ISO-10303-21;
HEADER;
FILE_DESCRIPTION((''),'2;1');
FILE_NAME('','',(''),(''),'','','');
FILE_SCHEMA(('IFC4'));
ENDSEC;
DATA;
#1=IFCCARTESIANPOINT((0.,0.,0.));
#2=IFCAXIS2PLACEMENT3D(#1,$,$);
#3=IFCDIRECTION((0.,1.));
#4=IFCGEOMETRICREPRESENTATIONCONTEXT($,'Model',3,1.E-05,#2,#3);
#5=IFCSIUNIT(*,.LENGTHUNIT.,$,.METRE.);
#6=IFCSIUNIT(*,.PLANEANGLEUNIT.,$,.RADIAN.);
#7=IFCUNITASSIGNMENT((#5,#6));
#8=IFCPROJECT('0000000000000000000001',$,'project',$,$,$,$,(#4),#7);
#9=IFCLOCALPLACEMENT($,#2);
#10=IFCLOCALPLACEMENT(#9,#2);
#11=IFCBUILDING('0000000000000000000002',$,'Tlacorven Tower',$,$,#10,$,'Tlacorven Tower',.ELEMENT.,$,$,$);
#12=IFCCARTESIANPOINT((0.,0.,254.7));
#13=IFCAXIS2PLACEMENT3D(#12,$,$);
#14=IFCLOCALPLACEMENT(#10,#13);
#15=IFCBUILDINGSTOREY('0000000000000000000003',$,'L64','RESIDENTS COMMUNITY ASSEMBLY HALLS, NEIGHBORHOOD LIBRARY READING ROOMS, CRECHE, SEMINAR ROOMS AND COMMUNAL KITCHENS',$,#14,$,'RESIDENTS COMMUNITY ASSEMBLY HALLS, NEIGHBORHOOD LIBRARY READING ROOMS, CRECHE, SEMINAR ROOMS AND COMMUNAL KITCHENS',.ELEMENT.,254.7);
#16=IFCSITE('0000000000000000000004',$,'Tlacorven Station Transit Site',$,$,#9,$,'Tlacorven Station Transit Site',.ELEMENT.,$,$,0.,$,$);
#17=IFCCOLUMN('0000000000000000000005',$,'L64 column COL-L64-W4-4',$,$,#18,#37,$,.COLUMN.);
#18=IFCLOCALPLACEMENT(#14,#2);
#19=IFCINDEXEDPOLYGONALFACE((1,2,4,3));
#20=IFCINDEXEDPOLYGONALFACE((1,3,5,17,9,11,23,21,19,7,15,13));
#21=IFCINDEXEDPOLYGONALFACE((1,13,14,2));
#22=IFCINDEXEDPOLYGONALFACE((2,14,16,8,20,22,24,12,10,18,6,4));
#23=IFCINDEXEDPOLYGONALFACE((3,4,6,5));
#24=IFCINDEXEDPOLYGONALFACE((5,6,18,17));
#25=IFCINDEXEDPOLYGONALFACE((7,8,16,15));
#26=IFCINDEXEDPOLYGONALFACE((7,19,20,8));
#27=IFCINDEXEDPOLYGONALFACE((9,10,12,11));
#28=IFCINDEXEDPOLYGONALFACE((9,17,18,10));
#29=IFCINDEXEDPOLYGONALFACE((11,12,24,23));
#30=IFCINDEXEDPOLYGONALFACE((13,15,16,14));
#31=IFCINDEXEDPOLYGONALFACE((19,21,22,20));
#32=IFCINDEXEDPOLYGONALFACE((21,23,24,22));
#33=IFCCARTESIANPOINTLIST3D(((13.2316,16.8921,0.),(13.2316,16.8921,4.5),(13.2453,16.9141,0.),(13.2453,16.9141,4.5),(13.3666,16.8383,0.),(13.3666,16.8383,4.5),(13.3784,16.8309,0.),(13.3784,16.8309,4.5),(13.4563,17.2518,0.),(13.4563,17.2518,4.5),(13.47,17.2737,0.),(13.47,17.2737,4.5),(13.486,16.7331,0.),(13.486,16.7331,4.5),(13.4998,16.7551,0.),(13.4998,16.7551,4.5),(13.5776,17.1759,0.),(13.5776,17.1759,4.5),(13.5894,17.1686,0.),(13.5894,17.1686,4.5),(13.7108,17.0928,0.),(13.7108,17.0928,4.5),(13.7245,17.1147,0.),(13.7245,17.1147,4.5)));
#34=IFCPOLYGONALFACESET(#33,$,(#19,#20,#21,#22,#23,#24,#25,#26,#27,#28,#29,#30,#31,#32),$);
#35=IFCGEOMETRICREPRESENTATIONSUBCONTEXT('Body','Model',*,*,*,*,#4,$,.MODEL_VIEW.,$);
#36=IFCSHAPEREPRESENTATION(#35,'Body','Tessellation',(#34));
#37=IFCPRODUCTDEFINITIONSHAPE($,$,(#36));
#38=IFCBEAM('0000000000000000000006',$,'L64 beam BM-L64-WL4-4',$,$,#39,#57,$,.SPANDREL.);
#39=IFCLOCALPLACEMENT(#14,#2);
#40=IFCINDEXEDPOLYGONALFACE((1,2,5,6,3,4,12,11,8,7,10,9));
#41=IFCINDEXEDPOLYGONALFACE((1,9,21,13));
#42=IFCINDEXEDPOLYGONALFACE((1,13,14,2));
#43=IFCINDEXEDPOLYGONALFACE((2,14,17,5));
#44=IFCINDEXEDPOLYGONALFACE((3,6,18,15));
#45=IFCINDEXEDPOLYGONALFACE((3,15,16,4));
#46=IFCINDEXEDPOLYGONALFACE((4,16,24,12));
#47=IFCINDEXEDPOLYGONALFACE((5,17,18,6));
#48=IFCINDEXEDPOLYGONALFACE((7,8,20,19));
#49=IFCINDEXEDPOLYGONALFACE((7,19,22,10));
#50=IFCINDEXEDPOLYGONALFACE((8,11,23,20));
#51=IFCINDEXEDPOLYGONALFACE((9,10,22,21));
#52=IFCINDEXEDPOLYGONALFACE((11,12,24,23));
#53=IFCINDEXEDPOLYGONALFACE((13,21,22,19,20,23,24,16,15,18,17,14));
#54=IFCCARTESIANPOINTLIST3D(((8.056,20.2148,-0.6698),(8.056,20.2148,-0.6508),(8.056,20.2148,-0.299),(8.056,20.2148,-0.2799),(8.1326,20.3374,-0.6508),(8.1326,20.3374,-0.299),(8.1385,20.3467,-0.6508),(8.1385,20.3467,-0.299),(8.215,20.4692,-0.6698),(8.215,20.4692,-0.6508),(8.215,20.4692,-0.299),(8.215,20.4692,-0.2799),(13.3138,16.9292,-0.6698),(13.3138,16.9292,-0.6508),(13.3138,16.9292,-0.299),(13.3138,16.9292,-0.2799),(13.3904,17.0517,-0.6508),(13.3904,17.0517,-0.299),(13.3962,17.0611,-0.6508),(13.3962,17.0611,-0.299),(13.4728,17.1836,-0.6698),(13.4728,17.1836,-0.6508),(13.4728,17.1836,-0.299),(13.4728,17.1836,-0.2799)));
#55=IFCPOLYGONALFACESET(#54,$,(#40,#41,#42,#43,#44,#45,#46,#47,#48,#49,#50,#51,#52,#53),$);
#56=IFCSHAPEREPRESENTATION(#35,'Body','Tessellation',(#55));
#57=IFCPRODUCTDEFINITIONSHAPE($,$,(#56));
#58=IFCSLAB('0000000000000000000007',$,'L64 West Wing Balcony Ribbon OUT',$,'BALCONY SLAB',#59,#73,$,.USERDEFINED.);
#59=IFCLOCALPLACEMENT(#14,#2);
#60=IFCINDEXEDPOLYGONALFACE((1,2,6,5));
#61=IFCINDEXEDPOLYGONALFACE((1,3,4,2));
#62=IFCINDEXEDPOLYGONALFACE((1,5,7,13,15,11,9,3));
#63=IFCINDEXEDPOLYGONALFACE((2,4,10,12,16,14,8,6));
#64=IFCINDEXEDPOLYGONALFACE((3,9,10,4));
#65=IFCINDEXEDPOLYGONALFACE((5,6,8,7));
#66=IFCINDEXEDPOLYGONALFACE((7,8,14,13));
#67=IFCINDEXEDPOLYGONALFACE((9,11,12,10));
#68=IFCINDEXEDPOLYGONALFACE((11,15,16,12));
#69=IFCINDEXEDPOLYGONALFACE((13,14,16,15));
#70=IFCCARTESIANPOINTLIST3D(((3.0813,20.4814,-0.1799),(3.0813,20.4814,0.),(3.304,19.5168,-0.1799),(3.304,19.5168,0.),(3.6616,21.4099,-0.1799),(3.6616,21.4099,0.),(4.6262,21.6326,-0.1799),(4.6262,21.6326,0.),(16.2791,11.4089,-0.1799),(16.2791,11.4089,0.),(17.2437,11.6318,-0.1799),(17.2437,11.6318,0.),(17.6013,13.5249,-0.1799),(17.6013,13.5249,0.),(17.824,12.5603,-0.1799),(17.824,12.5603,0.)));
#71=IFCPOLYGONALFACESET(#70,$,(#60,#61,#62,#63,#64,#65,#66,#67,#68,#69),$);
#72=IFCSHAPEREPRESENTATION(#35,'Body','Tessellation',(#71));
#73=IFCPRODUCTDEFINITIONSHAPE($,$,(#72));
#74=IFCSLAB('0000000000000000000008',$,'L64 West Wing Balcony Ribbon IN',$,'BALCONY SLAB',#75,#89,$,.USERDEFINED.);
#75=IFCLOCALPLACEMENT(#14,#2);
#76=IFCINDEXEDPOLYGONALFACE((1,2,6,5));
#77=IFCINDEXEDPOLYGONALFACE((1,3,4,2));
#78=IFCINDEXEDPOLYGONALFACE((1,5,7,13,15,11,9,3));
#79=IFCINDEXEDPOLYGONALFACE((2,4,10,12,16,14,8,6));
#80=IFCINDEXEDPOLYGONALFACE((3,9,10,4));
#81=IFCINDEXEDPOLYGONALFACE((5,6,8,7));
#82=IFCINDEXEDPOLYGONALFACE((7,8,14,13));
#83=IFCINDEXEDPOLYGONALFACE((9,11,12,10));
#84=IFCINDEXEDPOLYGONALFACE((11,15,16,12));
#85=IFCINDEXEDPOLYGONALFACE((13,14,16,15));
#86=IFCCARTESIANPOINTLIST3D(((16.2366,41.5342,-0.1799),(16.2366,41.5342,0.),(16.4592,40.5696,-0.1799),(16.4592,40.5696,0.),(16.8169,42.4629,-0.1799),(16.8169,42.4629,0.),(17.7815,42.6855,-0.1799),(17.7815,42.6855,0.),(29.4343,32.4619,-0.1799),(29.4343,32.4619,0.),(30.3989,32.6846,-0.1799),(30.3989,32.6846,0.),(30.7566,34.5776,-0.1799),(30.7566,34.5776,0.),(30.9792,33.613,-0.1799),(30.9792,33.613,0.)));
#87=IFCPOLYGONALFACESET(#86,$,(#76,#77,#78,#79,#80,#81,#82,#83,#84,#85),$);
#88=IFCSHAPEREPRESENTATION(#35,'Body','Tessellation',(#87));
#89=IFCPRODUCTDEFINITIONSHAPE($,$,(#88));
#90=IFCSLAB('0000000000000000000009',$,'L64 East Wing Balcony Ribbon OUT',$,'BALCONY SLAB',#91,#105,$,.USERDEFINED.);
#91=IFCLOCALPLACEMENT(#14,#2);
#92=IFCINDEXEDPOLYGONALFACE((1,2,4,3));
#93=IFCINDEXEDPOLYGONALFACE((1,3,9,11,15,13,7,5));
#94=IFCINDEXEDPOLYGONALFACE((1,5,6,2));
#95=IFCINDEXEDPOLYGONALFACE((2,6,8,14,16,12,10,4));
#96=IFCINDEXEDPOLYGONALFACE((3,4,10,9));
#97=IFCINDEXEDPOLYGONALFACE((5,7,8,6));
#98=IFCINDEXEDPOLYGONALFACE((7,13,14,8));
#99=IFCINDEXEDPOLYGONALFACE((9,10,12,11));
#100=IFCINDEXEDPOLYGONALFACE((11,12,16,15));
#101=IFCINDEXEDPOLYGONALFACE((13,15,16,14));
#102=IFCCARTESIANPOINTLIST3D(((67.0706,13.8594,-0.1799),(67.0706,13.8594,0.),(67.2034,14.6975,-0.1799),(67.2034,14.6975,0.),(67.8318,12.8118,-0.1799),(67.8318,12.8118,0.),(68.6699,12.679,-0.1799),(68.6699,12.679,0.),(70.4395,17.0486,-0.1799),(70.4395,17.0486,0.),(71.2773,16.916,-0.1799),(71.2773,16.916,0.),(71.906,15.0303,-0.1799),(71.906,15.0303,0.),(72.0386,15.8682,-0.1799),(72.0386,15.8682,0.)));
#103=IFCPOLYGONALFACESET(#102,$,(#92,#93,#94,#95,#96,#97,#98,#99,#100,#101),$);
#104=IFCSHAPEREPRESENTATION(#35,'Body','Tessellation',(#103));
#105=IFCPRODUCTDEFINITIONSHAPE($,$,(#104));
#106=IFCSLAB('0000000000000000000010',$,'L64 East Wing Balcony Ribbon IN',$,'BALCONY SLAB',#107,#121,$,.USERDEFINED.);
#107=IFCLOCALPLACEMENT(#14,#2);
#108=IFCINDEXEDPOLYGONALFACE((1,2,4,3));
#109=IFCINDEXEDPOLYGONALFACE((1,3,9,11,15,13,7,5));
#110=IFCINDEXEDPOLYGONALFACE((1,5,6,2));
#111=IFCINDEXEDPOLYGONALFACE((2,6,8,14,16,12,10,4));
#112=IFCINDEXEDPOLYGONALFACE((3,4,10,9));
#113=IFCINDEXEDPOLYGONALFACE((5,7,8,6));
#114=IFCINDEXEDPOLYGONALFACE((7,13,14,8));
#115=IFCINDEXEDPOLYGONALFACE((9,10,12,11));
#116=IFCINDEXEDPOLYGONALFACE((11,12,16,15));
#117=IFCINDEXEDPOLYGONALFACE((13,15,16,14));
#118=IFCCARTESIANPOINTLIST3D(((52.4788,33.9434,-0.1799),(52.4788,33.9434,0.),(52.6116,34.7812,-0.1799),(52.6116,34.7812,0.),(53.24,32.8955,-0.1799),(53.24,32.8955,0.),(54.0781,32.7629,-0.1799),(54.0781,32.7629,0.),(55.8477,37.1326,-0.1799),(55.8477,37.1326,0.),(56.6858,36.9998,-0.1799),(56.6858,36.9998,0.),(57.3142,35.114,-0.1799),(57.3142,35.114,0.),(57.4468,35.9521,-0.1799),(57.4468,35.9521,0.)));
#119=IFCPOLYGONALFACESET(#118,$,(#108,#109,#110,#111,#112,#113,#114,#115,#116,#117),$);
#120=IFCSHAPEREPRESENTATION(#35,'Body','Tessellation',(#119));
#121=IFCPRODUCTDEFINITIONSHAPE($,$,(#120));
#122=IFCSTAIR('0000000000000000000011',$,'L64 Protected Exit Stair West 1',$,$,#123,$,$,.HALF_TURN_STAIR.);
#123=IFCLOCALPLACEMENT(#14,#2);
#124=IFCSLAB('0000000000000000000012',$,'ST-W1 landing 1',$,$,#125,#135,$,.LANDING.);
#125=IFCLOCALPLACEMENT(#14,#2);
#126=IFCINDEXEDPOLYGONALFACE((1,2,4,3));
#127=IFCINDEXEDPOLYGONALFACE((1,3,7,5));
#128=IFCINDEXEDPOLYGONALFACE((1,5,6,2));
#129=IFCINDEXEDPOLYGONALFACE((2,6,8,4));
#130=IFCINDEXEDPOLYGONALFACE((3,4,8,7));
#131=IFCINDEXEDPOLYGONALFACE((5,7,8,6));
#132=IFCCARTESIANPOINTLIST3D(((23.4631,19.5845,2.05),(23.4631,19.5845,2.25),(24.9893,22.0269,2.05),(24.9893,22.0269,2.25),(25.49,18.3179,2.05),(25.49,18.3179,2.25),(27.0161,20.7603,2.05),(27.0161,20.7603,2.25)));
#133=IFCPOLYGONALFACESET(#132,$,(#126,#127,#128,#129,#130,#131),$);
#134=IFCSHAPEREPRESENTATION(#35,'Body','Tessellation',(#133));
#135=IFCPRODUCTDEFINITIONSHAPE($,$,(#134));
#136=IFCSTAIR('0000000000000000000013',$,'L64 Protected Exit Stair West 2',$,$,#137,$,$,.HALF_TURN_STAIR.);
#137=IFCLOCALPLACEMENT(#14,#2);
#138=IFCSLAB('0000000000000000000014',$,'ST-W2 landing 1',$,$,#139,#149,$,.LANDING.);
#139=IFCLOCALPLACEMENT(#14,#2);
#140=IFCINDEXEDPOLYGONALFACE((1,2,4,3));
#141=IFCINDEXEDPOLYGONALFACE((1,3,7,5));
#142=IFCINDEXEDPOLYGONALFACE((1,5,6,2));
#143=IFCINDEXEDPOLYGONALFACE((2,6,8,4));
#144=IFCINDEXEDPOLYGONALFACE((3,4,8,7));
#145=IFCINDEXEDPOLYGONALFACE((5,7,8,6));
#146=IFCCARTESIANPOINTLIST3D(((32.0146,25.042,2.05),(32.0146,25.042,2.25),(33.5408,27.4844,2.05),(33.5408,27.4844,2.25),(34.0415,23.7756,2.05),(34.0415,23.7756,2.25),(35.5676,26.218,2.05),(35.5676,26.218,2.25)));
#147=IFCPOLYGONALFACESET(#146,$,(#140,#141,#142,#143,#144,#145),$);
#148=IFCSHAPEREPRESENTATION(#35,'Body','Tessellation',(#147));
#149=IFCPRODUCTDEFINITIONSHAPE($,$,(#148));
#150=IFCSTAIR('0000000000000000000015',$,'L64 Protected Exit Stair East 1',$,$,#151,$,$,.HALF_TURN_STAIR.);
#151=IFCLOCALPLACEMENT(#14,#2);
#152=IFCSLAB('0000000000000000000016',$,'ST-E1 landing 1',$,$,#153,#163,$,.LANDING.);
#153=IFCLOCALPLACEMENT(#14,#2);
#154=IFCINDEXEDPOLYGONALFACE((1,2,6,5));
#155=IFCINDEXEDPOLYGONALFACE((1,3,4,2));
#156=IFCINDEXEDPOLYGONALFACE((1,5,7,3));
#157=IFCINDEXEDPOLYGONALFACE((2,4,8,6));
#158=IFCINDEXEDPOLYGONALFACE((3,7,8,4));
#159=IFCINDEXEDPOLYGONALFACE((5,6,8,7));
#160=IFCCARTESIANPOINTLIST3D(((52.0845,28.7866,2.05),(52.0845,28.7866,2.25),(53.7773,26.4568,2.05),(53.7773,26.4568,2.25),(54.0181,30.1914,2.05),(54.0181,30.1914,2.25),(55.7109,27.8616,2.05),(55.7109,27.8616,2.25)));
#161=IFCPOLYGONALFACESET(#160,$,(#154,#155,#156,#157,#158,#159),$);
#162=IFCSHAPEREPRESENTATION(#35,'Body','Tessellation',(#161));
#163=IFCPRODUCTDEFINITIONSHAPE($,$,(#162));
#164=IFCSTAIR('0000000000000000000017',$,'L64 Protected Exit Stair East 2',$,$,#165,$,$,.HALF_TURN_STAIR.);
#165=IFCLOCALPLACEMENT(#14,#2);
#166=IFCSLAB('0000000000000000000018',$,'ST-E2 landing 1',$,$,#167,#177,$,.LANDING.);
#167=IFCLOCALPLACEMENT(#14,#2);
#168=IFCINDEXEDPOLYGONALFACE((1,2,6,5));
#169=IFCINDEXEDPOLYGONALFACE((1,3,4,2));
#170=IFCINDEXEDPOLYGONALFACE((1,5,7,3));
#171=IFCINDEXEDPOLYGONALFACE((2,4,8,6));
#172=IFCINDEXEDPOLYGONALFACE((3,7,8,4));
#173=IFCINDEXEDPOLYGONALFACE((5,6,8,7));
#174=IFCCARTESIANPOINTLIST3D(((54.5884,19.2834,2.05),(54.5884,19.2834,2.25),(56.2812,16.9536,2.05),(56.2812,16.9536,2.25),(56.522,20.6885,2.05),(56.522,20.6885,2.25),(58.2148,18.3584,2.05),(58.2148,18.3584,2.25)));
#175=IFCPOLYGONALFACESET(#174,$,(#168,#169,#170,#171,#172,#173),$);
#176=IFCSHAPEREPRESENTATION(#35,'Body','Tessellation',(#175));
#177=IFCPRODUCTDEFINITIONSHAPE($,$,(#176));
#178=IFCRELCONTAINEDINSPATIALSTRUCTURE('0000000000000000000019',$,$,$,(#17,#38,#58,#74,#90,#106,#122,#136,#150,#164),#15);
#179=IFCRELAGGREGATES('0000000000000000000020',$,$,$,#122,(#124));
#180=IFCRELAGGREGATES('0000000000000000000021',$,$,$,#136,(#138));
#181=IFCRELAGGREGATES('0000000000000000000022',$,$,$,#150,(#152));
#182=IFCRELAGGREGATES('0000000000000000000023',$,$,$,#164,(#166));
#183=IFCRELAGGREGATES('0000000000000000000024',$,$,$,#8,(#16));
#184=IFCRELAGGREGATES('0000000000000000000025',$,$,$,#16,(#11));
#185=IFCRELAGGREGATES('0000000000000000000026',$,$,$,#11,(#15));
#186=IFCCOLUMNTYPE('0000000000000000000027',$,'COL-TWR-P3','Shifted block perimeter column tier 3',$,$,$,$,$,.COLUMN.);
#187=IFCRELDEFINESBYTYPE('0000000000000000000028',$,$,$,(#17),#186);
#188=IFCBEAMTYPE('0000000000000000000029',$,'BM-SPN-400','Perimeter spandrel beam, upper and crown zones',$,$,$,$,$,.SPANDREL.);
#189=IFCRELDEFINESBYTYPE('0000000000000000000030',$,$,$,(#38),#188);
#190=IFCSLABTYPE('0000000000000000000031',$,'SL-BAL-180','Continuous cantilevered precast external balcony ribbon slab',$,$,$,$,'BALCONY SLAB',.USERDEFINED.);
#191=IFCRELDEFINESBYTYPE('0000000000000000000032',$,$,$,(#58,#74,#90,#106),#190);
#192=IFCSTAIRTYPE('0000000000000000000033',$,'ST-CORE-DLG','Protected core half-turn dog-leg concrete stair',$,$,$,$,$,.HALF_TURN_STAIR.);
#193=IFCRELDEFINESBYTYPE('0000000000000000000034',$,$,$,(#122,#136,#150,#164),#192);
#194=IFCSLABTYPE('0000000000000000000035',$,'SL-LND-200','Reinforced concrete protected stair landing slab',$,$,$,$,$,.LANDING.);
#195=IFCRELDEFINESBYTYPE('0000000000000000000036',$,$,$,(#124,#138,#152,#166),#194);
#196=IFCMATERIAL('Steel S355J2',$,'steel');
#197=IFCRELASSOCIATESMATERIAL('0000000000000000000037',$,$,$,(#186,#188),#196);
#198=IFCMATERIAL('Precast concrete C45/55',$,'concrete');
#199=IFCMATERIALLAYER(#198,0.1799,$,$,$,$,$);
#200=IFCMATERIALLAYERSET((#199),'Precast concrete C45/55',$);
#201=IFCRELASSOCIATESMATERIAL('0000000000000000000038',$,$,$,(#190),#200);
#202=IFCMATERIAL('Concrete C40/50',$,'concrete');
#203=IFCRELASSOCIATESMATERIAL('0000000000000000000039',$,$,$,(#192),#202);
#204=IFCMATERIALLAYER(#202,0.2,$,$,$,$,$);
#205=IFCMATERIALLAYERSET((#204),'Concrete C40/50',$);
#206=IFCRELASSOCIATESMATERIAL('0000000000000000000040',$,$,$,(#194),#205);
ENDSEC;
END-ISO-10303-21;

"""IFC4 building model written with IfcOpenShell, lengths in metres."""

from ifc_helpers import new_model, si_unit, direction, frame, origin, origin_2d, place, context, subcontext, project, spatial, polyline, i_section, outline, extrude, source, transform, mapped, material, layer, layer_set, material_profile, profile_set, type_object, element, aggregate, save


model = new_model("IFC4")

# Units and contexts
model_context = context("Model", 3, precision=1e-05, world=origin(), true_north=direction((0.0, 1.0)))
body_context = subcontext(model_context, "Body", "Model", "MODEL_VIEW")
ifc_project = project(units=[si_unit("LENGTHUNIT", "METRE"), si_unit("PLANEANGLEUNIT", "RADIAN")], contexts=[model_context])

# Site, building, storey
site_placement = place(None, origin())
site = spatial("IfcSite", under=ifc_project, at=site_placement, Name="Tlacorven Station Transit Site", LongName="Tlacorven Station Transit Site", CompositionType="ELEMENT", RefElevation=0.0)
building_placement = place(site_placement, origin())
building = spatial("IfcBuilding", under=site, at=building_placement, Name="Tlacorven Tower", LongName="Tlacorven Tower", CompositionType="ELEMENT")
storey_placement = place(building_placement, frame((0.0, 0.0, 254.7)))
storey = spatial("IfcBuildingStorey", under=building, at=storey_placement, Name="L64", Description="RESIDENTS COMMUNITY ASSEMBLY HALLS, NEIGHBORHOOD LIBRARY READING ROOMS, CRECHE, SEMINAR ROOMS AND COMMUNAL KITCHENS", LongName="RESIDENTS COMMUNITY ASSEMBLY HALLS, NEIGHBORHOOD LIBRARY READING ROOMS, CRECHE, SEMINAR ROOMS AND COMMUNAL KITCHENS", CompositionType="ELEMENT", Elevation=254.7)

# Column
ifc_material_1 = material(Name="Steel S355J2", Category="steel")
ifc_material_profile_1 = material_profile(ifc_material_1, i_section(OverallWidth=0.3, OverallDepth=0.45, WebThickness=0.0139, FlangeThickness=0.0259, at=origin_2d()), Name="HEB 450")
ifc_profile_set_1 = profile_set([ifc_material_profile_1], Name="Steel S355J2")
column_type = type_object("IfcColumnType", Name="COL-TWR-P3", Description="Shifted block perimeter column tier 3", PredefinedType="COLUMN", material=ifc_profile_set_1)
shared_shape_1 = source(origin(), body_context, "Body", "SweptSolid", [
    extrude(i_section(OverallWidth=0.3, OverallDepth=0.45, WebThickness=0.0139, FlangeThickness=0.0259, at=origin_2d()), origin(), (0.0, 0.0, 1.0), 4.5),
])
column_placement = place(storey_placement, frame((13.478, 17.0034, 0.0), z_axis=(0.0, 0.0, 1.0), x_axis=(-0.848048, 0.529919, 0.0)))
element("IfcColumn", 1, at=column_placement, inside=storey, type_object=column_type, Name="L64 column COL-L64-W4-4", PredefinedType="COLUMN", context=body_context, shape_type="MappedRepresentation", body=[
    mapped(shared_shape_1, transform((0.0, 0.0, 0.0), scale=1.0)),
])

# Beam
ifc_material_profile_2 = material_profile(ifc_material_1, i_section(OverallWidth=0.3, OverallDepth=0.3899, WebThickness=0.011, FlangeThickness=0.019, at=origin_2d()), Name="HEA 400")
ifc_profile_set_2 = profile_set([ifc_material_profile_2], Name="Steel S355J2")
beam_type = type_object("IfcBeamType", Name="BM-SPN-400", Description="Perimeter spandrel beam, upper and crown zones", PredefinedType="SPANDREL", material=ifc_profile_set_2)
shared_shape_2 = source(origin(), body_context, "Body", "SweptSolid", [
    extrude(i_section(OverallWidth=0.3, OverallDepth=0.3899, WebThickness=0.011, FlangeThickness=0.019, at=origin_2d()), origin(), (0.0, 0.0, 1.0), 6.2),
])
beam_placement = place(storey_placement, frame((13.3933, 17.0564, -0.4749), z_axis=(-0.848034, 0.529942, 0.0), x_axis=(-0.529942, -0.848034, 0.0)))
element("IfcBeam", 2, at=beam_placement, inside=storey, type_object=beam_type, Name="L64 beam BM-L64-WL4-4", PredefinedType="SPANDREL", context=body_context, shape_type="MappedRepresentation", body=[
    mapped(shared_shape_2, transform((0.0, 0.0, 0.0), scale=1.0)),
])

# Slabs
ifc_material_2 = material(Name="Precast concrete C45/55", Category="concrete")
ifc_layer_1 = layer(ifc_material_2, 0.1799)
ifc_layer_set_1 = layer_set([ifc_layer_1], Name="Precast concrete C45/55")
slab_type_1 = type_object("IfcSlabType", Name="SL-BAL-180", Description="Continuous cantilevered precast external balcony ribbon slab", ElementType="BALCONY SLAB", PredefinedType="USERDEFINED", material=ifc_layer_set_1)
slab_1_placement = place(storey_placement, frame((0.0, 0.0, -0.1799)))
element("IfcSlab", 3, at=slab_1_placement, inside=storey, type_object=slab_type_1, Name="L64 West Wing Balcony Ribbon OUT", ObjectType="BALCONY SLAB", PredefinedType="USERDEFINED", context=body_context, shape_type="SweptSolid", body=[
    extrude(outline(polyline([(17.6013, 13.5249), (4.6262, 21.6326), (3.6616, 21.4099), (3.0813, 20.4814), (3.304, 19.5168), (16.2791, 11.4089), (17.2437, 11.6318), (17.824, 12.5603), (17.6013, 13.5249)])), origin(), (0.0, 0.0, 1.0), 0.1799),
])
slab_2_placement = place(storey_placement, frame((0.0, 0.0, -0.1799)))
element("IfcSlab", 4, at=slab_2_placement, inside=storey, type_object=slab_type_1, Name="L64 West Wing Balcony Ribbon IN", ObjectType="BALCONY SLAB", PredefinedType="USERDEFINED", context=body_context, shape_type="SweptSolid", body=[
    extrude(outline(polyline([(30.7566, 34.5776), (17.7815, 42.6855), (16.8169, 42.4629), (16.2366, 41.5342), (16.4592, 40.5696), (29.4343, 32.4619), (30.3989, 32.6846), (30.9792, 33.613), (30.7566, 34.5776)])), origin(), (0.0, 0.0, 1.0), 0.1799),
])
slab_3_placement = place(storey_placement, frame((0.0, 0.0, -0.1799)))
element("IfcSlab", 5, at=slab_3_placement, inside=storey, type_object=slab_type_1, Name="L64 East Wing Balcony Ribbon OUT", ObjectType="BALCONY SLAB", PredefinedType="USERDEFINED", context=body_context, shape_type="SweptSolid", body=[
    extrude(outline(polyline([(68.6699, 12.679), (71.906, 15.0303), (72.0386, 15.8682), (71.2773, 16.916), (70.4395, 17.0486), (67.2034, 14.6975), (67.0706, 13.8594), (67.8318, 12.8118), (68.6699, 12.679)])), origin(), (0.0, 0.0, 1.0), 0.1799),
])
slab_4_placement = place(storey_placement, frame((0.0, 0.0, -0.1799)))
element("IfcSlab", 6, at=slab_4_placement, inside=storey, type_object=slab_type_1, Name="L64 East Wing Balcony Ribbon IN", ObjectType="BALCONY SLAB", PredefinedType="USERDEFINED", context=body_context, shape_type="SweptSolid", body=[
    extrude(outline(polyline([(54.0781, 32.7629), (57.3142, 35.114), (57.4468, 35.9521), (56.6858, 36.9998), (55.8477, 37.1326), (52.6116, 34.7812), (52.4788, 33.9434), (53.24, 32.8955), (54.0781, 32.7629)])), origin(), (0.0, 0.0, 1.0), 0.1799),
])

# Stairs, slabs
ifc_material_3 = material(Name="Concrete C40/50", Category="concrete")
stair_type = type_object("IfcStairType", Name="ST-CORE-DLG", Description="Protected core half-turn dog-leg concrete stair", PredefinedType="HALF_TURN_STAIR", material=ifc_material_3)
stair_1_placement = place(storey_placement, origin())
stair_1 = element("IfcStair", 7, at=stair_1_placement, inside=storey, type_object=stair_type, Name="L64 Protected Exit Stair West 1", PredefinedType="HALF_TURN_STAIR")
ifc_layer_2 = layer(ifc_material_3, 0.2)
ifc_layer_set_2 = layer_set([ifc_layer_2], Name="Concrete C40/50")
slab_type_2 = type_object("IfcSlabType", Name="SL-LND-200", Description="Reinforced concrete protected stair landing slab", PredefinedType="LANDING", material=ifc_layer_set_2)
slab_5_placement = place(storey_placement, frame((0.0, 0.0, 2.05)))
slab_5 = element("IfcSlab", 8, at=slab_5_placement, type_object=slab_type_2, Name="ST-W1 landing 1", PredefinedType="LANDING", context=body_context, shape_type="SweptSolid", body=[
    extrude(outline(polyline([(27.0161, 20.7603), (24.9893, 22.0269), (23.4631, 19.5845), (25.49, 18.3179), (27.0161, 20.7603)])), origin(), (0.0, 0.0, 1.0), 0.2),
])
aggregate(stair_1, [slab_5])
stair_2_placement = place(storey_placement, origin())
stair_2 = element("IfcStair", 9, at=stair_2_placement, inside=storey, type_object=stair_type, Name="L64 Protected Exit Stair West 2", PredefinedType="HALF_TURN_STAIR")
slab_6_placement = place(storey_placement, frame((0.0, 0.0, 2.05)))
slab_6 = element("IfcSlab", 10, at=slab_6_placement, type_object=slab_type_2, Name="ST-W2 landing 1", PredefinedType="LANDING", context=body_context, shape_type="SweptSolid", body=[
    extrude(outline(polyline([(35.5676, 26.218), (33.5408, 27.4844), (32.0146, 25.042), (34.0415, 23.7756), (35.5676, 26.218)])), origin(), (0.0, 0.0, 1.0), 0.2),
])
aggregate(stair_2, [slab_6])
stair_3_placement = place(storey_placement, origin())
stair_3 = element("IfcStair", 11, at=stair_3_placement, inside=storey, type_object=stair_type, Name="L64 Protected Exit Stair East 1", PredefinedType="HALF_TURN_STAIR")
slab_7_placement = place(storey_placement, frame((0.0, 0.0, 2.05)))
slab_7 = element("IfcSlab", 12, at=slab_7_placement, type_object=slab_type_2, Name="ST-E1 landing 1", PredefinedType="LANDING", context=body_context, shape_type="SweptSolid", body=[
    extrude(outline(polyline([(53.7773, 26.4568), (55.7109, 27.8616), (54.0181, 30.1914), (52.0845, 28.7866), (53.7773, 26.4568)])), origin(), (0.0, 0.0, 1.0), 0.2),
])
aggregate(stair_3, [slab_7])
stair_4_placement = place(storey_placement, origin())
stair_4 = element("IfcStair", 13, at=stair_4_placement, inside=storey, type_object=stair_type, Name="L64 Protected Exit Stair East 2", PredefinedType="HALF_TURN_STAIR")
slab_8_placement = place(storey_placement, frame((0.0, 0.0, 2.05)))
slab_8 = element("IfcSlab", 14, at=slab_8_placement, type_object=slab_type_2, Name="ST-E2 landing 1", PredefinedType="LANDING", context=body_context, shape_type="SweptSolid", body=[
    extrude(outline(polyline([(56.2812, 16.9536), (58.2148, 18.3584), (56.522, 20.6885), (54.5884, 19.2834), (56.2812, 16.9536)])), origin(), (0.0, 0.0, 1.0), 0.2),
])
aggregate(stair_4, [slab_8])

save(model, "model.ifc")
